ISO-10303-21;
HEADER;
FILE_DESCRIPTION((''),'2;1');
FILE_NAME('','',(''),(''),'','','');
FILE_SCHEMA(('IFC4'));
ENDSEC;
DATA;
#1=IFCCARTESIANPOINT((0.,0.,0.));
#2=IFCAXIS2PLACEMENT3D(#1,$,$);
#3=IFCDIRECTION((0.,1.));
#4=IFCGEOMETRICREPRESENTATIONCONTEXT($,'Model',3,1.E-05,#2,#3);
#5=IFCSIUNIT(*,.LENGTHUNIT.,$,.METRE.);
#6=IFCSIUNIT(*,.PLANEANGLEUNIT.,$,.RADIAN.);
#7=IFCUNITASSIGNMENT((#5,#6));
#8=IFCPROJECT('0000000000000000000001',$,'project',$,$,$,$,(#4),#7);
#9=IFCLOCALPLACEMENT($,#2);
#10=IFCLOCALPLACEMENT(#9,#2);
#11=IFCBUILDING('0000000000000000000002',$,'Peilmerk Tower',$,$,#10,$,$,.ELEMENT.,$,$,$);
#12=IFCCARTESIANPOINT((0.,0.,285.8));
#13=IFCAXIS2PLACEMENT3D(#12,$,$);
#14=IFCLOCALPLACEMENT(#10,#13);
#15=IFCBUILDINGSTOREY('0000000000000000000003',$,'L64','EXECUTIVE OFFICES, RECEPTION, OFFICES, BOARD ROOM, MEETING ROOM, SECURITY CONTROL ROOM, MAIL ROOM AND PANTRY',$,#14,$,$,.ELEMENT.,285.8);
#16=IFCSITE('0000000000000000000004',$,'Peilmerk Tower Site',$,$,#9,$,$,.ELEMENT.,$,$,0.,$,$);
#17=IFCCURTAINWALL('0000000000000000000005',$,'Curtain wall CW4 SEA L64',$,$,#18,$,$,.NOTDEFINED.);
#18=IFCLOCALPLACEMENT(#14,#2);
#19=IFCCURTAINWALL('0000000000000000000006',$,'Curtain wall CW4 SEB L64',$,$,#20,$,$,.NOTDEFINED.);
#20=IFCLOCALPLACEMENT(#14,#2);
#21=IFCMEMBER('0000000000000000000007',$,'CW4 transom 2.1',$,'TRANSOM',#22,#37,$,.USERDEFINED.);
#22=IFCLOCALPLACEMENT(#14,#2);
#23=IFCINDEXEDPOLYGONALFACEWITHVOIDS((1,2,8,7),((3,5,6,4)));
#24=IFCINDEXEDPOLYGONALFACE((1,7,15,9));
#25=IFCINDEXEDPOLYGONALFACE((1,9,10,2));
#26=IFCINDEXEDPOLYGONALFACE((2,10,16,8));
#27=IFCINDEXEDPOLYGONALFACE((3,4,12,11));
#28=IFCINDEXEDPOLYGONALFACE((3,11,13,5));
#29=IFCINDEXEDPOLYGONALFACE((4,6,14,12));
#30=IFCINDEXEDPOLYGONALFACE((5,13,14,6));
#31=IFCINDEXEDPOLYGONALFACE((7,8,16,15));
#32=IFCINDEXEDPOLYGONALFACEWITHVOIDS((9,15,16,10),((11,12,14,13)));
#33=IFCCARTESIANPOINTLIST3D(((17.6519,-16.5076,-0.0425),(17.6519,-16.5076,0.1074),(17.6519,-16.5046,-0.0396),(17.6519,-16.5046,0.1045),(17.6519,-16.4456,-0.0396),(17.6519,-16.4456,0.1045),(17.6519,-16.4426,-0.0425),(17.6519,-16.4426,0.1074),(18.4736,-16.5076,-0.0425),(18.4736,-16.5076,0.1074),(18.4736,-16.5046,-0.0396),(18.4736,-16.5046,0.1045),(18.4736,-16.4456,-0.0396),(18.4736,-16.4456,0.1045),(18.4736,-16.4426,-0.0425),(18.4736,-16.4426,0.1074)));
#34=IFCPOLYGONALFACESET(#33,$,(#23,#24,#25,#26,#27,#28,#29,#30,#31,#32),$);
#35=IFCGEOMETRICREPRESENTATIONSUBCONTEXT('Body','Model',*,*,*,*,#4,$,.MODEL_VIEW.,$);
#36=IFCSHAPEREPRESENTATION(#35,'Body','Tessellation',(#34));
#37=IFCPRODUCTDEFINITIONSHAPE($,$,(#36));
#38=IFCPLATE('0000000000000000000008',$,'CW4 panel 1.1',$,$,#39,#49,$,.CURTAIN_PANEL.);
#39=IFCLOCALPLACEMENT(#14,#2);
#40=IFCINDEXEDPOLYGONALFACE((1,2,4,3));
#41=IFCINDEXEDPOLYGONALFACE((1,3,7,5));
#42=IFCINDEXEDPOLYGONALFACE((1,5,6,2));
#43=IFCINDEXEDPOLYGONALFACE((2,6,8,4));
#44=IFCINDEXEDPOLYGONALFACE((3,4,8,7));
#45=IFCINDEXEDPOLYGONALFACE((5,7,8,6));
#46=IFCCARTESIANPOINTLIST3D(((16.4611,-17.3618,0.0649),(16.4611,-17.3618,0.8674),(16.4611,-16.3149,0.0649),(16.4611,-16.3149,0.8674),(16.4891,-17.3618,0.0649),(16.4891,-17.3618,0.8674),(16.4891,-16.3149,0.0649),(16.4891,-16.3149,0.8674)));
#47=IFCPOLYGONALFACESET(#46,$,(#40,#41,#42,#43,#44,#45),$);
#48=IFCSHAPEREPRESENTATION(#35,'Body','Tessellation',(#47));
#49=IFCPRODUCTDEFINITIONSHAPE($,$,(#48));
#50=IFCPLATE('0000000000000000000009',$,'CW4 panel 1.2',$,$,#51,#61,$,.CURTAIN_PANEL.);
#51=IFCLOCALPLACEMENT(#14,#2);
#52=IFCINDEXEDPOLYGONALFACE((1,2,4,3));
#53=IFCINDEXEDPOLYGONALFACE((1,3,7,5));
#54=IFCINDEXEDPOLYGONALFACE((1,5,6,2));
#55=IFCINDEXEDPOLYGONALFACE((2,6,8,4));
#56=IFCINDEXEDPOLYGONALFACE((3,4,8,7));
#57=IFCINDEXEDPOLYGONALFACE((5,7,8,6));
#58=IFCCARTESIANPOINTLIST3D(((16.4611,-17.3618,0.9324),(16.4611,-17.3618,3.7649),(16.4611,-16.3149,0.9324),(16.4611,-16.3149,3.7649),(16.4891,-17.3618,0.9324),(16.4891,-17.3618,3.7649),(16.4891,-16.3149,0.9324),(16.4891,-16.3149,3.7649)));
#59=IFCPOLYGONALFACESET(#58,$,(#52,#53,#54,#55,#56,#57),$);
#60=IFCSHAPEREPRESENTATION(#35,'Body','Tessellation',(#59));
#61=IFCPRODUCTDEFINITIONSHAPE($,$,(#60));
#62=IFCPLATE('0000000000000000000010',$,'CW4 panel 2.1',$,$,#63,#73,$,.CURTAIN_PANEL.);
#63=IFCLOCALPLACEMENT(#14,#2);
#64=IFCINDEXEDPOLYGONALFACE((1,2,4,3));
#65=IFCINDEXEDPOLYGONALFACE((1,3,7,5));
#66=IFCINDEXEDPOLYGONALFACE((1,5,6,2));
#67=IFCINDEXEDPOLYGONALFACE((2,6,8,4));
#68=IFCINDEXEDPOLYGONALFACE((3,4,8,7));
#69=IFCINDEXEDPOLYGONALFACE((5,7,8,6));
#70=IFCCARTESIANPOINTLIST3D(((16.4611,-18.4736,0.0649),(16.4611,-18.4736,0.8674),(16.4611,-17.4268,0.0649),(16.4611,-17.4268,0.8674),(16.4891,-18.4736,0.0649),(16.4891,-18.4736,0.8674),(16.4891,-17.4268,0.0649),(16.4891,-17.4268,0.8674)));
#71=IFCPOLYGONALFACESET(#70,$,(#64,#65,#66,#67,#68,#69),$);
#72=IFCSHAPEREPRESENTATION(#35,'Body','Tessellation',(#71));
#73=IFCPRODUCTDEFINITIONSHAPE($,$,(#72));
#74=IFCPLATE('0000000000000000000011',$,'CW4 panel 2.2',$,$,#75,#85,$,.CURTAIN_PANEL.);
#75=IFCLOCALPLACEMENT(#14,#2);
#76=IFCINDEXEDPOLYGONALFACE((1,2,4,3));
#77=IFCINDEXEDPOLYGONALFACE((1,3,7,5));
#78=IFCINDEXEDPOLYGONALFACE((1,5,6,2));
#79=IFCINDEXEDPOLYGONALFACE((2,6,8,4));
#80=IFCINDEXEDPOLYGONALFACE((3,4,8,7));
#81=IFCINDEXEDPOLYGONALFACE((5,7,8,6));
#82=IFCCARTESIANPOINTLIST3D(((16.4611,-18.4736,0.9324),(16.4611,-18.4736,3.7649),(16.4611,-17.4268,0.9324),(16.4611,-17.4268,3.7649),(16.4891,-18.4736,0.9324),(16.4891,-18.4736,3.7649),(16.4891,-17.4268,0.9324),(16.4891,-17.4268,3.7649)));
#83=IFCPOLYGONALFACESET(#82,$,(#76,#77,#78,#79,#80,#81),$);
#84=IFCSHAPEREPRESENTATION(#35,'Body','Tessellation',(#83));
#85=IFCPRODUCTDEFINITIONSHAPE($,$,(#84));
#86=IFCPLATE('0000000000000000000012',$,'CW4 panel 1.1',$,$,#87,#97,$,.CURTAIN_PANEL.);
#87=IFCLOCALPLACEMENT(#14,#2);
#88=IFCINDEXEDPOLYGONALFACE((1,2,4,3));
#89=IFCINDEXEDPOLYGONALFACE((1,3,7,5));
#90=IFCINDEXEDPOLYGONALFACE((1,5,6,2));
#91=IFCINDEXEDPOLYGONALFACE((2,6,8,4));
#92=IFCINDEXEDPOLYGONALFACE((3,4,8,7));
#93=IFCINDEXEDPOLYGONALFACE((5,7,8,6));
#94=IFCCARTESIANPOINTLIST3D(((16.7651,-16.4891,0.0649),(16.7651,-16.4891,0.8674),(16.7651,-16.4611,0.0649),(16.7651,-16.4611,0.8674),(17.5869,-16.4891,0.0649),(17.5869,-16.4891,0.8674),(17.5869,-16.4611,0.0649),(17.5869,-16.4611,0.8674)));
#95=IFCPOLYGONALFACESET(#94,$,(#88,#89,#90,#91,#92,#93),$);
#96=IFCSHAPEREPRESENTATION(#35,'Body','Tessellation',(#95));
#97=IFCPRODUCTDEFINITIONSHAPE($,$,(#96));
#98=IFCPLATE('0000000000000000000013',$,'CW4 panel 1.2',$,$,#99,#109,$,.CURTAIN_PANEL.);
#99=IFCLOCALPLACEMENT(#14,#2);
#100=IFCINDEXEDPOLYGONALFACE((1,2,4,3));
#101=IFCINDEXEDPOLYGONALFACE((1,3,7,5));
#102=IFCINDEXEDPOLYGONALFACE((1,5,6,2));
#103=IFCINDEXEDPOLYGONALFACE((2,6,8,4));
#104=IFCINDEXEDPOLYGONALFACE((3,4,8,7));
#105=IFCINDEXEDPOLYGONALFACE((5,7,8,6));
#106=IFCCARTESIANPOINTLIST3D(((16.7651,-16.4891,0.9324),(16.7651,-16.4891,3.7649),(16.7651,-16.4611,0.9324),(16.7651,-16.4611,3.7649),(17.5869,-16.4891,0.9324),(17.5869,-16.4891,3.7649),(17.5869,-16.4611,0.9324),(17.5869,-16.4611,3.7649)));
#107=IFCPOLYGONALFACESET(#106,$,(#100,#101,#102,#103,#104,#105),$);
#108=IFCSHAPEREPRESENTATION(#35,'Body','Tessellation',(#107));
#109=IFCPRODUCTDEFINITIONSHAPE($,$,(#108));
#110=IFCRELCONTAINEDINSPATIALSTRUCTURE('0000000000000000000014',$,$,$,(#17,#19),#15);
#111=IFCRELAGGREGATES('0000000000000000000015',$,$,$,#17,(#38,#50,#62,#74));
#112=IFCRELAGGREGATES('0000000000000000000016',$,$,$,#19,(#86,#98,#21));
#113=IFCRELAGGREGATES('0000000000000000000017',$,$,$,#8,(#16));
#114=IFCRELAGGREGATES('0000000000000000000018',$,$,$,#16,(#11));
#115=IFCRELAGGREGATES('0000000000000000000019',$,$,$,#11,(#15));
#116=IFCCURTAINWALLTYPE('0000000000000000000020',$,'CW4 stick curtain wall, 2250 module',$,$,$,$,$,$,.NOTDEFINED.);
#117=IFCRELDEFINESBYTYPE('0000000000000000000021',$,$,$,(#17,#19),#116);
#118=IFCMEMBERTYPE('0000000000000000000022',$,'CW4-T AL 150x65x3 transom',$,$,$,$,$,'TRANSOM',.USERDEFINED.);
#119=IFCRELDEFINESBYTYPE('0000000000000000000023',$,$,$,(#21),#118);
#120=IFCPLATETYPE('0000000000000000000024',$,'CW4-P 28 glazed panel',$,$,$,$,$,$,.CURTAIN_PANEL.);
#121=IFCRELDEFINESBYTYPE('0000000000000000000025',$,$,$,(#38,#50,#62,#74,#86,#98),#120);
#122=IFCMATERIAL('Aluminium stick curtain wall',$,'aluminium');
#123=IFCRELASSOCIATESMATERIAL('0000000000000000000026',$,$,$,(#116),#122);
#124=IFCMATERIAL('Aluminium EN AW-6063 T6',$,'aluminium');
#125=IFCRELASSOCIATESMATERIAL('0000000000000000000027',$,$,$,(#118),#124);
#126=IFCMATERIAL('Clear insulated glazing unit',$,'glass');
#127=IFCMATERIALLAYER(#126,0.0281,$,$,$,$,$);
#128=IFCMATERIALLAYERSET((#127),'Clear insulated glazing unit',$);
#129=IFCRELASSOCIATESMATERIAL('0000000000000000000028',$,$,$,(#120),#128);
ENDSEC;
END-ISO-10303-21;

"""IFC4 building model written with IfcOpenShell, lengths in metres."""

from ifc_helpers import new_model, si_unit, direction, frame, origin, origin_2d, place, context, subcontext, project, spatial, rectangle, hollow_rectangle, extrude, material, layer, layer_set, material_profile, profile_set, type_object, element, aggregate, save


model = new_model("IFC4")

# Units and contexts
model_context = context("Model", 3, precision=1e-05, world=origin(), true_north=direction((0.0, 1.0)))
body_context = subcontext(model_context, "Body", "Model", "MODEL_VIEW")
ifc_project = project(units=[si_unit("LENGTHUNIT", "METRE"), si_unit("PLANEANGLEUNIT", "RADIAN")], contexts=[model_context])

# Site, building, storey
site_placement = place(None, origin())
site = spatial("IfcSite", under=ifc_project, at=site_placement, Name="Peilmerk Tower Site", CompositionType="ELEMENT", RefElevation=0.0)
building_placement = place(site_placement, origin())
building = spatial("IfcBuilding", under=site, at=building_placement, Name="Peilmerk Tower", CompositionType="ELEMENT")
storey_placement = place(building_placement, frame((0.0, 0.0, 285.8)))
storey = spatial("IfcBuildingStorey", under=building, at=storey_placement, Name="L64", Description="EXECUTIVE OFFICES, RECEPTION, OFFICES, BOARD ROOM, MEETING ROOM, SECURITY CONTROL ROOM, MAIL ROOM AND PANTRY", CompositionType="ELEMENT", Elevation=285.8)

# Curtain walls
ifc_material_1 = material(Name="Aluminium stick curtain wall", Category="aluminium")
curtain_wall_type = type_object("IfcCurtainWallType", Name="CW4 stick curtain wall, 2250 module", PredefinedType="NOTDEFINED", material=ifc_material_1)
curtain_wall_1_placement = place(storey_placement, origin())
curtain_wall_1 = element("IfcCurtainWall", 1, at=curtain_wall_1_placement, inside=storey, type_object=curtain_wall_type, Name="Curtain wall CW4 SEA L64", PredefinedType="NOTDEFINED")
ifc_material_2 = material(Name="Aluminium EN AW-6063 T6", Category="aluminium")
curtain_wall_2_placement = place(storey_placement, origin())
curtain_wall_2 = element("IfcCurtainWall", 2, at=curtain_wall_2_placement, inside=storey, type_object=curtain_wall_type, Name="Curtain wall CW4 SEB L64", PredefinedType="NOTDEFINED")

# Member
ifc_material_profile_1 = material_profile(ifc_material_2, hollow_rectangle(XDim=0.0649, YDim=0.1499, WallThickness=0.0029, at=origin_2d()), Name="AL 150x65x3")
ifc_profile_set_1 = profile_set([ifc_material_profile_1], Name="Aluminium EN AW-6063 T6")
member_type_1 = type_object("IfcMemberType", Name="CW4-T AL 150x65x3 transom", ElementType="TRANSOM", PredefinedType="USERDEFINED", material=ifc_profile_set_1)
member_1_placement = place(storey_placement, frame((17.6519, -16.4751, 0.0325), z_axis=(1.0, 0.0, 0.0), x_axis=(0.0, 1.0, 0.0)))
member_1 = element("IfcMember", 3, at=member_1_placement, type_object=member_type_1, Name="CW4 transom 2.1", ObjectType="TRANSOM", PredefinedType="USERDEFINED", context=body_context, shape_type="SweptSolid", body=[
    extrude(hollow_rectangle(XDim=0.0649, YDim=0.1499, WallThickness=0.0029, at=origin_2d()), origin(), (0.0, 0.0, 1.0), 0.8218),
])

# Plates
ifc_material_3 = material(Name="Clear insulated glazing unit", Category="glass")
ifc_layer_1 = layer(ifc_material_3, 0.0281)
ifc_layer_set_1 = layer_set([ifc_layer_1], Name="Clear insulated glazing unit")
plate_type = type_object("IfcPlateType", Name="CW4-P 28 glazed panel", PredefinedType="CURTAIN_PANEL", material=ifc_layer_set_1)
plate_1_placement = place(storey_placement, frame((16.4751, -16.8384, 0.0649), z_axis=(0.0, 0.0, 1.0), x_axis=(0.0, -1.0, 0.0)))
plate_1 = element("IfcPlate", 4, at=plate_1_placement, type_object=plate_type, Name="CW4 panel 1.1", PredefinedType="CURTAIN_PANEL", context=body_context, shape_type="SweptSolid", body=[
    extrude(rectangle(XDim=1.0469, YDim=0.0281, at=origin_2d()), origin(), (0.0, 0.0, 1.0), 0.8025),
])
plate_2_placement = place(storey_placement, frame((16.4751, -16.8384, 0.9324), z_axis=(0.0, 0.0, 1.0), x_axis=(0.0, -1.0, 0.0)))
plate_2 = element("IfcPlate", 5, at=plate_2_placement, type_object=plate_type, Name="CW4 panel 1.2", PredefinedType="CURTAIN_PANEL", context=body_context, shape_type="SweptSolid", body=[
    extrude(rectangle(XDim=1.0469, YDim=0.0281, at=origin_2d()), origin(), (0.0, 0.0, 1.0), 2.8325),
])
plate_3_placement = place(storey_placement, frame((16.4751, -17.9502, 0.0649), z_axis=(0.0, 0.0, 1.0), x_axis=(0.0, -1.0, 0.0)))
plate_3 = element("IfcPlate", 6, at=plate_3_placement, type_object=plate_type, Name="CW4 panel 2.1", PredefinedType="CURTAIN_PANEL", context=body_context, shape_type="SweptSolid", body=[
    extrude(rectangle(XDim=1.0469, YDim=0.0281, at=origin_2d()), origin(), (0.0, 0.0, 1.0), 0.8025),
])
plate_4_placement = place(storey_placement, frame((16.4751, -17.9502, 0.9324), z_axis=(0.0, 0.0, 1.0), x_axis=(0.0, -1.0, 0.0)))
plate_4 = element("IfcPlate", 7, at=plate_4_placement, type_object=plate_type, Name="CW4 panel 2.2", PredefinedType="CURTAIN_PANEL", context=body_context, shape_type="SweptSolid", body=[
    extrude(rectangle(XDim=1.0469, YDim=0.0281, at=origin_2d()), origin(), (0.0, 0.0, 1.0), 2.8325),
])
aggregate(curtain_wall_1, [plate_1, plate_2, plate_3, plate_4])
plate_5_placement = place(storey_placement, frame((17.176, -16.4751, 0.0649), z_axis=(0.0, 0.0, 1.0), x_axis=(1.0, 0.0, 0.0)))
plate_5 = element("IfcPlate", 8, at=plate_5_placement, type_object=plate_type, Name="CW4 panel 1.1", PredefinedType="CURTAIN_PANEL", context=body_context, shape_type="SweptSolid", body=[
    extrude(rectangle(XDim=0.8218, YDim=0.0281, at=origin_2d()), origin(), (0.0, 0.0, 1.0), 0.8025),
])
plate_6_placement = place(storey_placement, frame((17.176, -16.4751, 0.9324), z_axis=(0.0, 0.0, 1.0), x_axis=(1.0, 0.0, 0.0)))
plate_6 = element("IfcPlate", 9, at=plate_6_placement, type_object=plate_type, Name="CW4 panel 1.2", PredefinedType="CURTAIN_PANEL", context=body_context, shape_type="SweptSolid", body=[
    extrude(rectangle(XDim=0.8218, YDim=0.0281, at=origin_2d()), origin(), (0.0, 0.0, 1.0), 2.8325),
])
aggregate(curtain_wall_2, [plate_5, plate_6, member_1])

save(model, "model.ifc")
